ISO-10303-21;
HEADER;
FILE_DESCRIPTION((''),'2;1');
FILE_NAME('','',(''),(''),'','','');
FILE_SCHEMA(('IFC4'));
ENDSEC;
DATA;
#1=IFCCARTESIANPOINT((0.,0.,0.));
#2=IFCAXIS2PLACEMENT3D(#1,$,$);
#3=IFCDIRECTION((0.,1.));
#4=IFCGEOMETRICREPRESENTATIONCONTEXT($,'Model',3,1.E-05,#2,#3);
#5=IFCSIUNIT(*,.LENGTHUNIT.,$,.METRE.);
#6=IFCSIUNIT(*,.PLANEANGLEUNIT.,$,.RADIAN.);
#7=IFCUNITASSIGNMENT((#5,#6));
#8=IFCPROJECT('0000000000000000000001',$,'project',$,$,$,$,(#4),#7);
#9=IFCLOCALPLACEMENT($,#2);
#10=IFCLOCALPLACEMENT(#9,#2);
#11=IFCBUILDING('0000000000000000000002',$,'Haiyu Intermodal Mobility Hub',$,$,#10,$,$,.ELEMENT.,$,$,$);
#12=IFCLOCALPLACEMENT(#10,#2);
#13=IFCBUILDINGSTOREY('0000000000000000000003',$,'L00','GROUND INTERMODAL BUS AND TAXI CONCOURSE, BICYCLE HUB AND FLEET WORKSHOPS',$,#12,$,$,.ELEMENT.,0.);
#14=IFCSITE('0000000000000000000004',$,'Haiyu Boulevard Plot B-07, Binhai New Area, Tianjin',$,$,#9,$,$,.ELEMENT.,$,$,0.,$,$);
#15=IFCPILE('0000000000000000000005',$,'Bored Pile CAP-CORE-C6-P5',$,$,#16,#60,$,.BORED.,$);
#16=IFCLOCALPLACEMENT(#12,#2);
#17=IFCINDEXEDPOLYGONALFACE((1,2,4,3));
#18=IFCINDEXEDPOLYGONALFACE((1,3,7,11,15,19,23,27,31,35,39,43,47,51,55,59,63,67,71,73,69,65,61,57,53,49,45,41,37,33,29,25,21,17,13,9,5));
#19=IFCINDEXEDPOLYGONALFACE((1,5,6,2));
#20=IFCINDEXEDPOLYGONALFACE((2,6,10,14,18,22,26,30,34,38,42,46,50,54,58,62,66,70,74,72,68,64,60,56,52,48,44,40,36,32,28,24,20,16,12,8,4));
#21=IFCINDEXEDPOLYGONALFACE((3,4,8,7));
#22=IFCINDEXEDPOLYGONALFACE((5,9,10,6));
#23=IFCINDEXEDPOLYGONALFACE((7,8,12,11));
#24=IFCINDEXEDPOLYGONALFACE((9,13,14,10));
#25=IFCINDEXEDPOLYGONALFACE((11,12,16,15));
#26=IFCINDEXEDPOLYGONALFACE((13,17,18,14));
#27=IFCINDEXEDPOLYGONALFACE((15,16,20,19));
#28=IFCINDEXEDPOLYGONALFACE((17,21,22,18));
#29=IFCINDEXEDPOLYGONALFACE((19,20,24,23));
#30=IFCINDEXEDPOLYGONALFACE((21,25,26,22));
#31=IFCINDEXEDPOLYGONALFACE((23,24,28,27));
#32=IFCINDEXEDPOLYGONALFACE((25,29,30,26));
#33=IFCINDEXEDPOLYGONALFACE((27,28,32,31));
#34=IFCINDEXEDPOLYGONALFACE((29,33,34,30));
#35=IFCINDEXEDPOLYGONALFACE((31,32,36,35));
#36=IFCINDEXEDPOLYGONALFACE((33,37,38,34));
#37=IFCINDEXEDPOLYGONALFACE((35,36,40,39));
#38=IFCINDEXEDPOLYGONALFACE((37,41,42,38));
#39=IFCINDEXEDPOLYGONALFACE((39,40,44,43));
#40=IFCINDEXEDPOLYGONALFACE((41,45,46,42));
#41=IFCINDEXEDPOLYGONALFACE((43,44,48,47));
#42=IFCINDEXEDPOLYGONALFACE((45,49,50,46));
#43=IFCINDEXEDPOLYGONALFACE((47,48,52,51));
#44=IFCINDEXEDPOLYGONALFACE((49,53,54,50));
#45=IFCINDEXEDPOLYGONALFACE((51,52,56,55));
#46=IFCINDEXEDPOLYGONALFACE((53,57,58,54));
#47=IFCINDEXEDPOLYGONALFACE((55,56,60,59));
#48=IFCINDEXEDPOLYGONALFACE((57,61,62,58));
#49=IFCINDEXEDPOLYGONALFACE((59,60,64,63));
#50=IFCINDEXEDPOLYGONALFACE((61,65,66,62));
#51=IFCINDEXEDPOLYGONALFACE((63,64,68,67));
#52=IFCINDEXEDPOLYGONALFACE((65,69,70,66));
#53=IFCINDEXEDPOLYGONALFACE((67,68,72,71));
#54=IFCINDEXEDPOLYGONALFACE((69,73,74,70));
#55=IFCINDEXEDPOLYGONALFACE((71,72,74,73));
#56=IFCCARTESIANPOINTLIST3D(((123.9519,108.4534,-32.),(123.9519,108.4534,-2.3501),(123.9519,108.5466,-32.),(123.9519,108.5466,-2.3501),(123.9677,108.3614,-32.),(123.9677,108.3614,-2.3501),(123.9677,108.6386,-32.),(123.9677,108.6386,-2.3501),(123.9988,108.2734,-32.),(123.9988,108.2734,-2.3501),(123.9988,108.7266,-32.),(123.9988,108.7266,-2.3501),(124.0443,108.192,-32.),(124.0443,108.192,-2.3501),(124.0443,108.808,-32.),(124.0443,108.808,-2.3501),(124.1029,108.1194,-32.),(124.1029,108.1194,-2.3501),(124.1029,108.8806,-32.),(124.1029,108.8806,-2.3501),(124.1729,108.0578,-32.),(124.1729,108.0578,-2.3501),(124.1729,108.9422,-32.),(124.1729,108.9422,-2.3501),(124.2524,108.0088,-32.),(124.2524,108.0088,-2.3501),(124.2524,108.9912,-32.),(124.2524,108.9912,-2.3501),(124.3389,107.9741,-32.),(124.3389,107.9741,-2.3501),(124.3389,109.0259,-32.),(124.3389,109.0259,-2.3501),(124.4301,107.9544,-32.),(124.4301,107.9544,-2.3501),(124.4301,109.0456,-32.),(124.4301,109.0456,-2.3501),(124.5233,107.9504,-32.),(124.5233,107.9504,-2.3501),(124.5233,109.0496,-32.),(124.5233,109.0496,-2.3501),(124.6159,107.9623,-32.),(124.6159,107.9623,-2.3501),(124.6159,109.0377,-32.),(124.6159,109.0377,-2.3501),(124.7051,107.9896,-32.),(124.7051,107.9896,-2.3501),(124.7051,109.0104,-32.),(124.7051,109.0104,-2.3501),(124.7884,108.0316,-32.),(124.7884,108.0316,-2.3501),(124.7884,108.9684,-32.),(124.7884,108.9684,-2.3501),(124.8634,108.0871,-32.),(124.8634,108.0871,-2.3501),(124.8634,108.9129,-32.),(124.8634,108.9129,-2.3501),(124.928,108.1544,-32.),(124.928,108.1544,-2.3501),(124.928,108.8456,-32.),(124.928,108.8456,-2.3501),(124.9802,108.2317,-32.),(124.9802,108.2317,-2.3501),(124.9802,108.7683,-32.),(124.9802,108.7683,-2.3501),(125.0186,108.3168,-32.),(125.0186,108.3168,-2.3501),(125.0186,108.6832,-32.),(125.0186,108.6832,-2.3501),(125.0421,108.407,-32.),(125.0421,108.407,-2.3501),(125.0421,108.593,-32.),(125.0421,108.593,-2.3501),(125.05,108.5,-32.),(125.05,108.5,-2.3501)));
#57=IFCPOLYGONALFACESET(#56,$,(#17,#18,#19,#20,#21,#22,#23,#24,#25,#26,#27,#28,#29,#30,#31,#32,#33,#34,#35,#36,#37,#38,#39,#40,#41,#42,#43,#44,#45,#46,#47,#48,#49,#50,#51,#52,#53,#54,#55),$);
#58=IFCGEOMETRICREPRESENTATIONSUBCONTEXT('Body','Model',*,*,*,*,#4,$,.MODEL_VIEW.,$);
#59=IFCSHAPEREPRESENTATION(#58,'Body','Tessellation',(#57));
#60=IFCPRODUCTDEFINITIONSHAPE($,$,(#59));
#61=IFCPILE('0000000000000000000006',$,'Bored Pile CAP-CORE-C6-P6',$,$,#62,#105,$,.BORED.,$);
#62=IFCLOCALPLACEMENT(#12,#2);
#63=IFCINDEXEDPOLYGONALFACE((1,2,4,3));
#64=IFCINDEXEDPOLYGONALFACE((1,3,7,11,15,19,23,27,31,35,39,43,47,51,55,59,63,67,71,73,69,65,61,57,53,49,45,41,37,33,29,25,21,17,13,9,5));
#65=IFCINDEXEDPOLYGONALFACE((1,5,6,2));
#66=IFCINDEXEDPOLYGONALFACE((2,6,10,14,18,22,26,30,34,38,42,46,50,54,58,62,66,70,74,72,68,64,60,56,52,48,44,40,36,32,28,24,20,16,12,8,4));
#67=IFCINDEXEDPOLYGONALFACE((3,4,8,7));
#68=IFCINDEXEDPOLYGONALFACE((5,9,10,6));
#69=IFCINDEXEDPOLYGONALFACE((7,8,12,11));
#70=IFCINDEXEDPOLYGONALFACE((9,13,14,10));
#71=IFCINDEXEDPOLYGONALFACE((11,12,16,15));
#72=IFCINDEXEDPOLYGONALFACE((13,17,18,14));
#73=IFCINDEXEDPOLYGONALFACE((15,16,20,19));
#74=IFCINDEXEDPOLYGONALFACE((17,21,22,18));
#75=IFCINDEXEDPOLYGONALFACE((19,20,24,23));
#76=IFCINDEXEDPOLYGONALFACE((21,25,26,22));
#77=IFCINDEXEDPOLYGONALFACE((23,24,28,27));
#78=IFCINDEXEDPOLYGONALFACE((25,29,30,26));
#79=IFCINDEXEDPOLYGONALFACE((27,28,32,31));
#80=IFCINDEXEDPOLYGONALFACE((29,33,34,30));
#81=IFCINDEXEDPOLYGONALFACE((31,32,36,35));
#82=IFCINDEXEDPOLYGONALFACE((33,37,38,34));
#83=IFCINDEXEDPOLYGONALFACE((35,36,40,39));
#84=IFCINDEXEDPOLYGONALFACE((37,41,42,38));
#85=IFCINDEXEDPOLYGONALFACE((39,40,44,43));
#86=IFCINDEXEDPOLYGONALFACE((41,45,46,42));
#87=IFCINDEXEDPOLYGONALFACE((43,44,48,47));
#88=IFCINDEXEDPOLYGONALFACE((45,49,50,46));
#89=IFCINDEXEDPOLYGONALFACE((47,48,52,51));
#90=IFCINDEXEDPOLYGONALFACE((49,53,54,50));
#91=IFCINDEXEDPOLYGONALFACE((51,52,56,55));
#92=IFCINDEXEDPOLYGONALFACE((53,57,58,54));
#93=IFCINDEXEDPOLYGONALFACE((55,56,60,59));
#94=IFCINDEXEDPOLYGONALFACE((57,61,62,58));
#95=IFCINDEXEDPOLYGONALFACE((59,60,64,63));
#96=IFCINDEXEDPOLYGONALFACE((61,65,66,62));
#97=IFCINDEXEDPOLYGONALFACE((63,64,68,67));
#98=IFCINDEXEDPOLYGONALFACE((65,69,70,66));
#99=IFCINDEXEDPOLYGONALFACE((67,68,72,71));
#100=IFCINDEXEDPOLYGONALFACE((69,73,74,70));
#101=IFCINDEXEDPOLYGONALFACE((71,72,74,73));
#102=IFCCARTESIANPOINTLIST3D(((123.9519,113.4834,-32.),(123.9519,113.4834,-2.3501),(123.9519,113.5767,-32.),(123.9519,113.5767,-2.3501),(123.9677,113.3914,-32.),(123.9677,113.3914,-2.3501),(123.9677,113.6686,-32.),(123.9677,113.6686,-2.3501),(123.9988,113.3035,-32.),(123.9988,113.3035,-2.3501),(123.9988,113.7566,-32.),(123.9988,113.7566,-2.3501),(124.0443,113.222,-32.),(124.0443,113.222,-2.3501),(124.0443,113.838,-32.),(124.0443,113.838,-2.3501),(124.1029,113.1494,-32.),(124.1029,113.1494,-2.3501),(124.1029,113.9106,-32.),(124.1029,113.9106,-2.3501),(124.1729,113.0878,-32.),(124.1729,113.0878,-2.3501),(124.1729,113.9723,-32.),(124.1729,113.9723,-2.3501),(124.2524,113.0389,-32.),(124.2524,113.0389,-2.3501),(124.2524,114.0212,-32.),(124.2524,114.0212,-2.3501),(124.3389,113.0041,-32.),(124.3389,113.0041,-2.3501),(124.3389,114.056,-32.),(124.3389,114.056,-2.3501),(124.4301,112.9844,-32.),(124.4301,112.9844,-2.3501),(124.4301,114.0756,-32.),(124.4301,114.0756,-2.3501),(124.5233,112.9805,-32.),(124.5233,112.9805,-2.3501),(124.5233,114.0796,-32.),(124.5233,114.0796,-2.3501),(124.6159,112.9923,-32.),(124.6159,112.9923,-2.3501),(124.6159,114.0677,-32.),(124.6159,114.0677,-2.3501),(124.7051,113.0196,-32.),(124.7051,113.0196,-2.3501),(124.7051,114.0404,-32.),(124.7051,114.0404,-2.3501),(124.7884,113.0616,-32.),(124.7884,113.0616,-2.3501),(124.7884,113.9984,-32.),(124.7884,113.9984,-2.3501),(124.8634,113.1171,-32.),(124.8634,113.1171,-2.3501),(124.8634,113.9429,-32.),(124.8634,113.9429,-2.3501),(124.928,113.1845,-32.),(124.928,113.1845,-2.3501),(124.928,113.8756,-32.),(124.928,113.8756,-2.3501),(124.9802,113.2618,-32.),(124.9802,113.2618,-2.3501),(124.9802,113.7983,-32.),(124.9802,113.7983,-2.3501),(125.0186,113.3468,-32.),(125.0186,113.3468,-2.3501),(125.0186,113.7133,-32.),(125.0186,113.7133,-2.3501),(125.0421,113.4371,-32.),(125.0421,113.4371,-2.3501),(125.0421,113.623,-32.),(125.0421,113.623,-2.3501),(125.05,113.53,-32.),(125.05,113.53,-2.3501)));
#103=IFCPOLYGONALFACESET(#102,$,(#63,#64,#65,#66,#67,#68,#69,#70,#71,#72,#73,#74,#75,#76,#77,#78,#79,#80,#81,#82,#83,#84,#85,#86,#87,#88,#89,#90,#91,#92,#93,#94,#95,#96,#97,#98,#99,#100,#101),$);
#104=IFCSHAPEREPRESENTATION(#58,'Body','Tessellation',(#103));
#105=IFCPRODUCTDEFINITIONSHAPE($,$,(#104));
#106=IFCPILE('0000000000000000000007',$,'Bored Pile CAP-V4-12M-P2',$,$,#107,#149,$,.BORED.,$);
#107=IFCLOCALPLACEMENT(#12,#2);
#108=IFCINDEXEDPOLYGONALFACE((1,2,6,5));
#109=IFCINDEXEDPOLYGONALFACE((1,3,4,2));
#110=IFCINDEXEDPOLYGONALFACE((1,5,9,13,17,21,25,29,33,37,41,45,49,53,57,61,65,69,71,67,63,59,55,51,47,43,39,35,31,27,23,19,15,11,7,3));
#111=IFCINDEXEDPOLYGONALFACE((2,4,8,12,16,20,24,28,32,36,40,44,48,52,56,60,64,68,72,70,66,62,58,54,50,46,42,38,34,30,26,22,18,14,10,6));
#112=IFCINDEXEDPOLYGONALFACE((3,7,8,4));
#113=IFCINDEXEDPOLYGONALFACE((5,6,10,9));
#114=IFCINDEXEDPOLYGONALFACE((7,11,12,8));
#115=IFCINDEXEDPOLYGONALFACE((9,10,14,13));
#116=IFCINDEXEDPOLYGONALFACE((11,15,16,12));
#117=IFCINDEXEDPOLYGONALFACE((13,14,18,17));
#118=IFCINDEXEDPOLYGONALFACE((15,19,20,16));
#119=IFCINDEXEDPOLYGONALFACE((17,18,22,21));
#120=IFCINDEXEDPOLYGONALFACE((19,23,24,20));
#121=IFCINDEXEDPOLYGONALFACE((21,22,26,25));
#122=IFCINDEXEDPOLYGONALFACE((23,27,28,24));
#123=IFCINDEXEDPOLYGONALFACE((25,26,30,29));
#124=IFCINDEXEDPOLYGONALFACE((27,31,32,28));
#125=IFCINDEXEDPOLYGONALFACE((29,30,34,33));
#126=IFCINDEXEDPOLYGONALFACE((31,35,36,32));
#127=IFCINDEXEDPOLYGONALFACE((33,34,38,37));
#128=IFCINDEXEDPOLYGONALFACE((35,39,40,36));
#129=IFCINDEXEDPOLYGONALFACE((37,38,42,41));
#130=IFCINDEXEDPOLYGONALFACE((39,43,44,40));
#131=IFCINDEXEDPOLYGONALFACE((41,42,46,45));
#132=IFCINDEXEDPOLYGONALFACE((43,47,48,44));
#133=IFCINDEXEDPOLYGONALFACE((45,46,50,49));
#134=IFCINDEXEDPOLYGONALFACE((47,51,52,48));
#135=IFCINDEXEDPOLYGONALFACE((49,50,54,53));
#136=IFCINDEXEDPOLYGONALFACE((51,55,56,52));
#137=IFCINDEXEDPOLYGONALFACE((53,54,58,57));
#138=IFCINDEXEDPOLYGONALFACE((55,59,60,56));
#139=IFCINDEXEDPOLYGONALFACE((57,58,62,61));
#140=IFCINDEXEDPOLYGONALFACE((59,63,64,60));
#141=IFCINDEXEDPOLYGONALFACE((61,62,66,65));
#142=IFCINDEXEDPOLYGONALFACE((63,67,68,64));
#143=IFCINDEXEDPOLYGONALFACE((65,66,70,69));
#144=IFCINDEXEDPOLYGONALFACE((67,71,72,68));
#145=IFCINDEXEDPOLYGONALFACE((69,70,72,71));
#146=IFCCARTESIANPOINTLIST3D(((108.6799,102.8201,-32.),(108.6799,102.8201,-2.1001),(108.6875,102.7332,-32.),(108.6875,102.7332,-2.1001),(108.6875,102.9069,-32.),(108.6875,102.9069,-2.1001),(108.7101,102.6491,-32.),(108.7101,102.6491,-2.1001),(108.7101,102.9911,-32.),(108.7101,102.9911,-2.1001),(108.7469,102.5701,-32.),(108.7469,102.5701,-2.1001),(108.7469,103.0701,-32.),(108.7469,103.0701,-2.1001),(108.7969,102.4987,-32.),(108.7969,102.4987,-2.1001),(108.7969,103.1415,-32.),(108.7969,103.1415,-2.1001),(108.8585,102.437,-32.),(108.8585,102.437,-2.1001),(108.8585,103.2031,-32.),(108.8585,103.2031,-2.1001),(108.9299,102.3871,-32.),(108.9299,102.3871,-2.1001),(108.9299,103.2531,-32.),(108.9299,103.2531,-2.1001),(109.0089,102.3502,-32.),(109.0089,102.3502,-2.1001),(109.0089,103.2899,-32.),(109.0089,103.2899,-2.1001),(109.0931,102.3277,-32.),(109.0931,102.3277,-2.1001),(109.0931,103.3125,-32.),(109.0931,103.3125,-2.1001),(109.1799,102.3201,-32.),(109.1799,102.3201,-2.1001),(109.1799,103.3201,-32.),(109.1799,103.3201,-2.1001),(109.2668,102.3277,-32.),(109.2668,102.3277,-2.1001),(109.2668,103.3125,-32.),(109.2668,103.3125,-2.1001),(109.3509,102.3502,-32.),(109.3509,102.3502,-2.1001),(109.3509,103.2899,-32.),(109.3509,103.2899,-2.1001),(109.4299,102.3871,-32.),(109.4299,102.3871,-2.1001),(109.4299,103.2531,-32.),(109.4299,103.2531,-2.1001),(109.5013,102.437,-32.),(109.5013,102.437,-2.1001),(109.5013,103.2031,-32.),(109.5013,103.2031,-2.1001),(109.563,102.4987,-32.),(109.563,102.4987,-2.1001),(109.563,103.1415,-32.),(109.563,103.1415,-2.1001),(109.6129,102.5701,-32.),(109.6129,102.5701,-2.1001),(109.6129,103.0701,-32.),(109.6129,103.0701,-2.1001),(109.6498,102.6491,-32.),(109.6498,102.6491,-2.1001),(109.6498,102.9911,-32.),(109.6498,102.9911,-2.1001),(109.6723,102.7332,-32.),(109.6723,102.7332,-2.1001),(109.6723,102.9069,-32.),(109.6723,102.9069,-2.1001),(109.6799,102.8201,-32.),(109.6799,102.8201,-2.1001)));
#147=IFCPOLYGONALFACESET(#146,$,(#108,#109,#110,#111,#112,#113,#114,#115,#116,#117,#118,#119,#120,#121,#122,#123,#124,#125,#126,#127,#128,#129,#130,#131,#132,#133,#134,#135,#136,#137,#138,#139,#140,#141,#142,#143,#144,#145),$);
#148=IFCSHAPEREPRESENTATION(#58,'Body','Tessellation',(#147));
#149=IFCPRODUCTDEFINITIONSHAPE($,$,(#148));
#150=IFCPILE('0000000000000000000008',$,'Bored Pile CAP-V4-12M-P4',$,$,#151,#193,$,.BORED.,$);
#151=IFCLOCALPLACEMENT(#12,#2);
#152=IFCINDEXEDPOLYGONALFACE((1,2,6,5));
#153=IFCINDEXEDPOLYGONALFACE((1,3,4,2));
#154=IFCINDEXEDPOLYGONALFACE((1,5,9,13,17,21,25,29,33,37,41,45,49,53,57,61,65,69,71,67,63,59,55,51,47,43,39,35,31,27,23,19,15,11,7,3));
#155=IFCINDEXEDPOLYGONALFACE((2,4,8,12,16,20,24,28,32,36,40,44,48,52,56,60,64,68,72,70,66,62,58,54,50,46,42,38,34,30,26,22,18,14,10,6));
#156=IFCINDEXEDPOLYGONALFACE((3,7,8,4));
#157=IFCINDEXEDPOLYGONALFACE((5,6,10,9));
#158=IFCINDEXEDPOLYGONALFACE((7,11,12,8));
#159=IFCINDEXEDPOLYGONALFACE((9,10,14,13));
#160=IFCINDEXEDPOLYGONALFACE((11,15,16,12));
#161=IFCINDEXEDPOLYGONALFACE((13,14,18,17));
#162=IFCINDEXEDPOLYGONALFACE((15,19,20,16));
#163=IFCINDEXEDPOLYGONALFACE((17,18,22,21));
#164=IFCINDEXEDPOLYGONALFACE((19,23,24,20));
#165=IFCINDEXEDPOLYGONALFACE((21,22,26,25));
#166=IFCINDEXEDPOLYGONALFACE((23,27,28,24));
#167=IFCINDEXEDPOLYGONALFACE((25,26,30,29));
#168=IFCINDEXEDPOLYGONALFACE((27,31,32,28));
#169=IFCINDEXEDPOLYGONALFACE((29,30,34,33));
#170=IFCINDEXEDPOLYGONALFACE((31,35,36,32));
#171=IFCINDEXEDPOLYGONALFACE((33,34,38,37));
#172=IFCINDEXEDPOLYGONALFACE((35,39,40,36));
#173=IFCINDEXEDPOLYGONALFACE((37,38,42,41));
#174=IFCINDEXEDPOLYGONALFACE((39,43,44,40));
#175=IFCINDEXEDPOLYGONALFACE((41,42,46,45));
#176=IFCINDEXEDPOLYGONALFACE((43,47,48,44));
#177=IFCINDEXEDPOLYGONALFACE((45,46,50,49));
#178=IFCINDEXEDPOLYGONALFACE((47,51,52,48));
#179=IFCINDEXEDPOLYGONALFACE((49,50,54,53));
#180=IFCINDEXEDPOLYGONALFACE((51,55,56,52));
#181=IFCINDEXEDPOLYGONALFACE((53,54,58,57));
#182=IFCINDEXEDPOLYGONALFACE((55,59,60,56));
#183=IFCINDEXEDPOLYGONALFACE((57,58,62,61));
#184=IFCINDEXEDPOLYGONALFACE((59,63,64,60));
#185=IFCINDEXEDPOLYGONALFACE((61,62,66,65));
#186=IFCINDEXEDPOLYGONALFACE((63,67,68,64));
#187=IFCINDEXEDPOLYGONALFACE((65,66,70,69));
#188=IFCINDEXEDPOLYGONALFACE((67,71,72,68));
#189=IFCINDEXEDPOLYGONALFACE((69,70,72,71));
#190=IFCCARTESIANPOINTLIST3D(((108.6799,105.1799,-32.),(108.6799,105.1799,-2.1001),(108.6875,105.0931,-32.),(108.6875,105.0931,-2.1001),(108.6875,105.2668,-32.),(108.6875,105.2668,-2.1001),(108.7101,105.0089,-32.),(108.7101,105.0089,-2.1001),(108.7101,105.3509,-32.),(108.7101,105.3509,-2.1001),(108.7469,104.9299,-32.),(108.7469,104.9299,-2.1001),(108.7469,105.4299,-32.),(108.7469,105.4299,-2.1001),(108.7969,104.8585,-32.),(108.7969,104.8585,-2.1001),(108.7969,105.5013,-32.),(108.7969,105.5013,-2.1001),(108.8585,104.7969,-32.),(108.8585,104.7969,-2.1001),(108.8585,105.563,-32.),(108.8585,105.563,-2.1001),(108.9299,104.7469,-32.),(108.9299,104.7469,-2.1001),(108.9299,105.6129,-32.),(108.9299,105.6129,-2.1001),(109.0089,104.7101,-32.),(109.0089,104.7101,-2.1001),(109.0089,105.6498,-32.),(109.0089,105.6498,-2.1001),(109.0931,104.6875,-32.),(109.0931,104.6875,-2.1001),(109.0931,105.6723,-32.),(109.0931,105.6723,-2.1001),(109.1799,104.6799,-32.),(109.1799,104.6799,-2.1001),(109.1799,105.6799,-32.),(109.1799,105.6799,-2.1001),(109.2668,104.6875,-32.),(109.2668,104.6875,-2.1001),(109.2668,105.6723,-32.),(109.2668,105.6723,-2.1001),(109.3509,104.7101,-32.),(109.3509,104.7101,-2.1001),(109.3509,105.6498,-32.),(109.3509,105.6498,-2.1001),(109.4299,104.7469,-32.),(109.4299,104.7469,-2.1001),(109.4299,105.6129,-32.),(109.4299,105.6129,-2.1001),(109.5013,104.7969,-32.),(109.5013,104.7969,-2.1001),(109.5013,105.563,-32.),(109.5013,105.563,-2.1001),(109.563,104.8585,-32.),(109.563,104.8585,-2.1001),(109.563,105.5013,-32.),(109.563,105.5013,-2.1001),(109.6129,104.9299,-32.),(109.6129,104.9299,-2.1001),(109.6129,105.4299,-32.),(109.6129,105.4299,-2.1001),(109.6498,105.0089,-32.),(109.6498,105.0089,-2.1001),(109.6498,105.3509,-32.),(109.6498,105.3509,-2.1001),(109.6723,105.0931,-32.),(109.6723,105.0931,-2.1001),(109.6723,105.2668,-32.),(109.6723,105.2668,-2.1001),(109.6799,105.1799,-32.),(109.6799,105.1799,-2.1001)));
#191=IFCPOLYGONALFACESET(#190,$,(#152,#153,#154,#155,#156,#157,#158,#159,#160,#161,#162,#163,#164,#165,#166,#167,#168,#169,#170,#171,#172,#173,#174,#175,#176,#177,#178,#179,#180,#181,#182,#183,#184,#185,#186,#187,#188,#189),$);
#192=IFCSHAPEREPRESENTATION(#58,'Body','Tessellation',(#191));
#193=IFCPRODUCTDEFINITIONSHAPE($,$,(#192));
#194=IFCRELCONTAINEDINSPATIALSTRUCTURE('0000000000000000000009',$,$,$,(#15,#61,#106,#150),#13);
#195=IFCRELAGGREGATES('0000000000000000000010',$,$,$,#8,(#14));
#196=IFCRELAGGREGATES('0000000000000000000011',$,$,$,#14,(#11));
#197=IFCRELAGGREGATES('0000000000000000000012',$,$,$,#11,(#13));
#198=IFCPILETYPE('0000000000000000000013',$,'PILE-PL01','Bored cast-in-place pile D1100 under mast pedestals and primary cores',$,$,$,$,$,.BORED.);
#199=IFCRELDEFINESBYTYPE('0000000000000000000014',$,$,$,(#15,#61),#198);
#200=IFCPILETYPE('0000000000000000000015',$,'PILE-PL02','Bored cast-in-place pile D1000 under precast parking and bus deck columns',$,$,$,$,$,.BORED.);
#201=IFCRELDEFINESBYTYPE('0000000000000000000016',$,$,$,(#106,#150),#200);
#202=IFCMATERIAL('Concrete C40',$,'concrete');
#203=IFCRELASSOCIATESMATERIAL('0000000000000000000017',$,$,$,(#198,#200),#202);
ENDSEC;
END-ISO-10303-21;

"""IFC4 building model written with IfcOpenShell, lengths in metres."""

from ifc_helpers import new_model, si_unit, direction, frame, origin, origin_2d, place, context, subcontext, project, spatial, circle, extrude, material, material_profile, profile_set, type_object, element, save


model = new_model("IFC4")

# Units and contexts
model_context = context("Model", 3, precision=1e-05, world=origin(), true_north=direction((0.0, 1.0)))
body_context = subcontext(model_context, "Body", "Model", "MODEL_VIEW")
ifc_project = project(units=[si_unit("LENGTHUNIT", "METRE"), si_unit("PLANEANGLEUNIT", "RADIAN")], contexts=[model_context])

# Site, building, storey
site_placement = place(None, origin())
site = spatial("IfcSite", under=ifc_project, at=site_placement, Name="Haiyu Boulevard Plot B-07, Binhai New Area, Tianjin", CompositionType="ELEMENT", RefElevation=0.0)
building_placement = place(site_placement, origin())
building = spatial("IfcBuilding", under=site, at=building_placement, Name="Haiyu Intermodal Mobility Hub", CompositionType="ELEMENT")
storey_placement = place(building_placement, origin())
storey = spatial("IfcBuildingStorey", under=building, at=storey_placement, Name="L00", Description="GROUND INTERMODAL BUS AND TAXI CONCOURSE, BICYCLE HUB AND FLEET WORKSHOPS", CompositionType="ELEMENT", Elevation=0.0)

# Shared definitions
ifc_material_1 = material(Name="Concrete C40", Category="concrete")

# Piles
ifc_material_profile_1 = material_profile(ifc_material_1, circle(Radius=0.55, at=origin_2d()), Name="PILE-D1100")
ifc_profile_set_1 = profile_set([ifc_material_profile_1], Name="Concrete C40")
pile_type_1 = type_object("IfcPileType", Name="PILE-PL01", Description="Bored cast-in-place pile D1100 under mast pedestals and primary cores", PredefinedType="BORED", material=ifc_profile_set_1)
for number, where, z_axis, x_axis, name in (
    (1, (124.5, 108.5, -2.3501), (0.0, 0.0, -1.0), (1.0, 0.0, 0.0), "Bored Pile CAP-CORE-C6-P5"),
    (2, (124.5, 113.53, -2.3501), (0.0, 0.0, -1.0), (1.0, 0.0, 0.0), "Bored Pile CAP-CORE-C6-P6"),
):
    element("IfcPile", number, at=place(storey_placement, frame(where, z_axis=z_axis, x_axis=x_axis)), inside=storey, type_object=pile_type_1, Name=name, PredefinedType="BORED", context=body_context, shape_type="SweptSolid", body=[
        extrude(circle(Radius=0.55, at=origin_2d()), origin(), (0.0, 0.0, 1.0), 29.6499),
    ])
ifc_material_profile_2 = material_profile(ifc_material_1, circle(Radius=0.5, at=origin_2d()), Name="PILE-D1000")
ifc_profile_set_2 = profile_set([ifc_material_profile_2], Name="Concrete C40")
pile_type_2 = type_object("IfcPileType", Name="PILE-PL02", Description="Bored cast-in-place pile D1000 under precast parking and bus deck columns", PredefinedType="BORED", material=ifc_profile_set_2)
for number, where, z_axis, x_axis, name in (
    (3, (109.1799, 102.8201, -2.1001), (0.0, 0.0, -1.0), (1.0, 0.0, 0.0), "Bored Pile CAP-V4-12M-P2"),
    (4, (109.1799, 105.1799, -2.1001), (0.0, 0.0, -1.0), (1.0, 0.0, 0.0), "Bored Pile CAP-V4-12M-P4"),
):
    element("IfcPile", number, at=place(storey_placement, frame(where, z_axis=z_axis, x_axis=x_axis)), inside=storey, type_object=pile_type_2, Name=name, PredefinedType="BORED", context=body_context, shape_type="SweptSolid", body=[
        extrude(circle(Radius=0.5, at=origin_2d()), origin(), (0.0, 0.0, 1.0), 29.8999),
    ])

save(model, "model.ifc")
